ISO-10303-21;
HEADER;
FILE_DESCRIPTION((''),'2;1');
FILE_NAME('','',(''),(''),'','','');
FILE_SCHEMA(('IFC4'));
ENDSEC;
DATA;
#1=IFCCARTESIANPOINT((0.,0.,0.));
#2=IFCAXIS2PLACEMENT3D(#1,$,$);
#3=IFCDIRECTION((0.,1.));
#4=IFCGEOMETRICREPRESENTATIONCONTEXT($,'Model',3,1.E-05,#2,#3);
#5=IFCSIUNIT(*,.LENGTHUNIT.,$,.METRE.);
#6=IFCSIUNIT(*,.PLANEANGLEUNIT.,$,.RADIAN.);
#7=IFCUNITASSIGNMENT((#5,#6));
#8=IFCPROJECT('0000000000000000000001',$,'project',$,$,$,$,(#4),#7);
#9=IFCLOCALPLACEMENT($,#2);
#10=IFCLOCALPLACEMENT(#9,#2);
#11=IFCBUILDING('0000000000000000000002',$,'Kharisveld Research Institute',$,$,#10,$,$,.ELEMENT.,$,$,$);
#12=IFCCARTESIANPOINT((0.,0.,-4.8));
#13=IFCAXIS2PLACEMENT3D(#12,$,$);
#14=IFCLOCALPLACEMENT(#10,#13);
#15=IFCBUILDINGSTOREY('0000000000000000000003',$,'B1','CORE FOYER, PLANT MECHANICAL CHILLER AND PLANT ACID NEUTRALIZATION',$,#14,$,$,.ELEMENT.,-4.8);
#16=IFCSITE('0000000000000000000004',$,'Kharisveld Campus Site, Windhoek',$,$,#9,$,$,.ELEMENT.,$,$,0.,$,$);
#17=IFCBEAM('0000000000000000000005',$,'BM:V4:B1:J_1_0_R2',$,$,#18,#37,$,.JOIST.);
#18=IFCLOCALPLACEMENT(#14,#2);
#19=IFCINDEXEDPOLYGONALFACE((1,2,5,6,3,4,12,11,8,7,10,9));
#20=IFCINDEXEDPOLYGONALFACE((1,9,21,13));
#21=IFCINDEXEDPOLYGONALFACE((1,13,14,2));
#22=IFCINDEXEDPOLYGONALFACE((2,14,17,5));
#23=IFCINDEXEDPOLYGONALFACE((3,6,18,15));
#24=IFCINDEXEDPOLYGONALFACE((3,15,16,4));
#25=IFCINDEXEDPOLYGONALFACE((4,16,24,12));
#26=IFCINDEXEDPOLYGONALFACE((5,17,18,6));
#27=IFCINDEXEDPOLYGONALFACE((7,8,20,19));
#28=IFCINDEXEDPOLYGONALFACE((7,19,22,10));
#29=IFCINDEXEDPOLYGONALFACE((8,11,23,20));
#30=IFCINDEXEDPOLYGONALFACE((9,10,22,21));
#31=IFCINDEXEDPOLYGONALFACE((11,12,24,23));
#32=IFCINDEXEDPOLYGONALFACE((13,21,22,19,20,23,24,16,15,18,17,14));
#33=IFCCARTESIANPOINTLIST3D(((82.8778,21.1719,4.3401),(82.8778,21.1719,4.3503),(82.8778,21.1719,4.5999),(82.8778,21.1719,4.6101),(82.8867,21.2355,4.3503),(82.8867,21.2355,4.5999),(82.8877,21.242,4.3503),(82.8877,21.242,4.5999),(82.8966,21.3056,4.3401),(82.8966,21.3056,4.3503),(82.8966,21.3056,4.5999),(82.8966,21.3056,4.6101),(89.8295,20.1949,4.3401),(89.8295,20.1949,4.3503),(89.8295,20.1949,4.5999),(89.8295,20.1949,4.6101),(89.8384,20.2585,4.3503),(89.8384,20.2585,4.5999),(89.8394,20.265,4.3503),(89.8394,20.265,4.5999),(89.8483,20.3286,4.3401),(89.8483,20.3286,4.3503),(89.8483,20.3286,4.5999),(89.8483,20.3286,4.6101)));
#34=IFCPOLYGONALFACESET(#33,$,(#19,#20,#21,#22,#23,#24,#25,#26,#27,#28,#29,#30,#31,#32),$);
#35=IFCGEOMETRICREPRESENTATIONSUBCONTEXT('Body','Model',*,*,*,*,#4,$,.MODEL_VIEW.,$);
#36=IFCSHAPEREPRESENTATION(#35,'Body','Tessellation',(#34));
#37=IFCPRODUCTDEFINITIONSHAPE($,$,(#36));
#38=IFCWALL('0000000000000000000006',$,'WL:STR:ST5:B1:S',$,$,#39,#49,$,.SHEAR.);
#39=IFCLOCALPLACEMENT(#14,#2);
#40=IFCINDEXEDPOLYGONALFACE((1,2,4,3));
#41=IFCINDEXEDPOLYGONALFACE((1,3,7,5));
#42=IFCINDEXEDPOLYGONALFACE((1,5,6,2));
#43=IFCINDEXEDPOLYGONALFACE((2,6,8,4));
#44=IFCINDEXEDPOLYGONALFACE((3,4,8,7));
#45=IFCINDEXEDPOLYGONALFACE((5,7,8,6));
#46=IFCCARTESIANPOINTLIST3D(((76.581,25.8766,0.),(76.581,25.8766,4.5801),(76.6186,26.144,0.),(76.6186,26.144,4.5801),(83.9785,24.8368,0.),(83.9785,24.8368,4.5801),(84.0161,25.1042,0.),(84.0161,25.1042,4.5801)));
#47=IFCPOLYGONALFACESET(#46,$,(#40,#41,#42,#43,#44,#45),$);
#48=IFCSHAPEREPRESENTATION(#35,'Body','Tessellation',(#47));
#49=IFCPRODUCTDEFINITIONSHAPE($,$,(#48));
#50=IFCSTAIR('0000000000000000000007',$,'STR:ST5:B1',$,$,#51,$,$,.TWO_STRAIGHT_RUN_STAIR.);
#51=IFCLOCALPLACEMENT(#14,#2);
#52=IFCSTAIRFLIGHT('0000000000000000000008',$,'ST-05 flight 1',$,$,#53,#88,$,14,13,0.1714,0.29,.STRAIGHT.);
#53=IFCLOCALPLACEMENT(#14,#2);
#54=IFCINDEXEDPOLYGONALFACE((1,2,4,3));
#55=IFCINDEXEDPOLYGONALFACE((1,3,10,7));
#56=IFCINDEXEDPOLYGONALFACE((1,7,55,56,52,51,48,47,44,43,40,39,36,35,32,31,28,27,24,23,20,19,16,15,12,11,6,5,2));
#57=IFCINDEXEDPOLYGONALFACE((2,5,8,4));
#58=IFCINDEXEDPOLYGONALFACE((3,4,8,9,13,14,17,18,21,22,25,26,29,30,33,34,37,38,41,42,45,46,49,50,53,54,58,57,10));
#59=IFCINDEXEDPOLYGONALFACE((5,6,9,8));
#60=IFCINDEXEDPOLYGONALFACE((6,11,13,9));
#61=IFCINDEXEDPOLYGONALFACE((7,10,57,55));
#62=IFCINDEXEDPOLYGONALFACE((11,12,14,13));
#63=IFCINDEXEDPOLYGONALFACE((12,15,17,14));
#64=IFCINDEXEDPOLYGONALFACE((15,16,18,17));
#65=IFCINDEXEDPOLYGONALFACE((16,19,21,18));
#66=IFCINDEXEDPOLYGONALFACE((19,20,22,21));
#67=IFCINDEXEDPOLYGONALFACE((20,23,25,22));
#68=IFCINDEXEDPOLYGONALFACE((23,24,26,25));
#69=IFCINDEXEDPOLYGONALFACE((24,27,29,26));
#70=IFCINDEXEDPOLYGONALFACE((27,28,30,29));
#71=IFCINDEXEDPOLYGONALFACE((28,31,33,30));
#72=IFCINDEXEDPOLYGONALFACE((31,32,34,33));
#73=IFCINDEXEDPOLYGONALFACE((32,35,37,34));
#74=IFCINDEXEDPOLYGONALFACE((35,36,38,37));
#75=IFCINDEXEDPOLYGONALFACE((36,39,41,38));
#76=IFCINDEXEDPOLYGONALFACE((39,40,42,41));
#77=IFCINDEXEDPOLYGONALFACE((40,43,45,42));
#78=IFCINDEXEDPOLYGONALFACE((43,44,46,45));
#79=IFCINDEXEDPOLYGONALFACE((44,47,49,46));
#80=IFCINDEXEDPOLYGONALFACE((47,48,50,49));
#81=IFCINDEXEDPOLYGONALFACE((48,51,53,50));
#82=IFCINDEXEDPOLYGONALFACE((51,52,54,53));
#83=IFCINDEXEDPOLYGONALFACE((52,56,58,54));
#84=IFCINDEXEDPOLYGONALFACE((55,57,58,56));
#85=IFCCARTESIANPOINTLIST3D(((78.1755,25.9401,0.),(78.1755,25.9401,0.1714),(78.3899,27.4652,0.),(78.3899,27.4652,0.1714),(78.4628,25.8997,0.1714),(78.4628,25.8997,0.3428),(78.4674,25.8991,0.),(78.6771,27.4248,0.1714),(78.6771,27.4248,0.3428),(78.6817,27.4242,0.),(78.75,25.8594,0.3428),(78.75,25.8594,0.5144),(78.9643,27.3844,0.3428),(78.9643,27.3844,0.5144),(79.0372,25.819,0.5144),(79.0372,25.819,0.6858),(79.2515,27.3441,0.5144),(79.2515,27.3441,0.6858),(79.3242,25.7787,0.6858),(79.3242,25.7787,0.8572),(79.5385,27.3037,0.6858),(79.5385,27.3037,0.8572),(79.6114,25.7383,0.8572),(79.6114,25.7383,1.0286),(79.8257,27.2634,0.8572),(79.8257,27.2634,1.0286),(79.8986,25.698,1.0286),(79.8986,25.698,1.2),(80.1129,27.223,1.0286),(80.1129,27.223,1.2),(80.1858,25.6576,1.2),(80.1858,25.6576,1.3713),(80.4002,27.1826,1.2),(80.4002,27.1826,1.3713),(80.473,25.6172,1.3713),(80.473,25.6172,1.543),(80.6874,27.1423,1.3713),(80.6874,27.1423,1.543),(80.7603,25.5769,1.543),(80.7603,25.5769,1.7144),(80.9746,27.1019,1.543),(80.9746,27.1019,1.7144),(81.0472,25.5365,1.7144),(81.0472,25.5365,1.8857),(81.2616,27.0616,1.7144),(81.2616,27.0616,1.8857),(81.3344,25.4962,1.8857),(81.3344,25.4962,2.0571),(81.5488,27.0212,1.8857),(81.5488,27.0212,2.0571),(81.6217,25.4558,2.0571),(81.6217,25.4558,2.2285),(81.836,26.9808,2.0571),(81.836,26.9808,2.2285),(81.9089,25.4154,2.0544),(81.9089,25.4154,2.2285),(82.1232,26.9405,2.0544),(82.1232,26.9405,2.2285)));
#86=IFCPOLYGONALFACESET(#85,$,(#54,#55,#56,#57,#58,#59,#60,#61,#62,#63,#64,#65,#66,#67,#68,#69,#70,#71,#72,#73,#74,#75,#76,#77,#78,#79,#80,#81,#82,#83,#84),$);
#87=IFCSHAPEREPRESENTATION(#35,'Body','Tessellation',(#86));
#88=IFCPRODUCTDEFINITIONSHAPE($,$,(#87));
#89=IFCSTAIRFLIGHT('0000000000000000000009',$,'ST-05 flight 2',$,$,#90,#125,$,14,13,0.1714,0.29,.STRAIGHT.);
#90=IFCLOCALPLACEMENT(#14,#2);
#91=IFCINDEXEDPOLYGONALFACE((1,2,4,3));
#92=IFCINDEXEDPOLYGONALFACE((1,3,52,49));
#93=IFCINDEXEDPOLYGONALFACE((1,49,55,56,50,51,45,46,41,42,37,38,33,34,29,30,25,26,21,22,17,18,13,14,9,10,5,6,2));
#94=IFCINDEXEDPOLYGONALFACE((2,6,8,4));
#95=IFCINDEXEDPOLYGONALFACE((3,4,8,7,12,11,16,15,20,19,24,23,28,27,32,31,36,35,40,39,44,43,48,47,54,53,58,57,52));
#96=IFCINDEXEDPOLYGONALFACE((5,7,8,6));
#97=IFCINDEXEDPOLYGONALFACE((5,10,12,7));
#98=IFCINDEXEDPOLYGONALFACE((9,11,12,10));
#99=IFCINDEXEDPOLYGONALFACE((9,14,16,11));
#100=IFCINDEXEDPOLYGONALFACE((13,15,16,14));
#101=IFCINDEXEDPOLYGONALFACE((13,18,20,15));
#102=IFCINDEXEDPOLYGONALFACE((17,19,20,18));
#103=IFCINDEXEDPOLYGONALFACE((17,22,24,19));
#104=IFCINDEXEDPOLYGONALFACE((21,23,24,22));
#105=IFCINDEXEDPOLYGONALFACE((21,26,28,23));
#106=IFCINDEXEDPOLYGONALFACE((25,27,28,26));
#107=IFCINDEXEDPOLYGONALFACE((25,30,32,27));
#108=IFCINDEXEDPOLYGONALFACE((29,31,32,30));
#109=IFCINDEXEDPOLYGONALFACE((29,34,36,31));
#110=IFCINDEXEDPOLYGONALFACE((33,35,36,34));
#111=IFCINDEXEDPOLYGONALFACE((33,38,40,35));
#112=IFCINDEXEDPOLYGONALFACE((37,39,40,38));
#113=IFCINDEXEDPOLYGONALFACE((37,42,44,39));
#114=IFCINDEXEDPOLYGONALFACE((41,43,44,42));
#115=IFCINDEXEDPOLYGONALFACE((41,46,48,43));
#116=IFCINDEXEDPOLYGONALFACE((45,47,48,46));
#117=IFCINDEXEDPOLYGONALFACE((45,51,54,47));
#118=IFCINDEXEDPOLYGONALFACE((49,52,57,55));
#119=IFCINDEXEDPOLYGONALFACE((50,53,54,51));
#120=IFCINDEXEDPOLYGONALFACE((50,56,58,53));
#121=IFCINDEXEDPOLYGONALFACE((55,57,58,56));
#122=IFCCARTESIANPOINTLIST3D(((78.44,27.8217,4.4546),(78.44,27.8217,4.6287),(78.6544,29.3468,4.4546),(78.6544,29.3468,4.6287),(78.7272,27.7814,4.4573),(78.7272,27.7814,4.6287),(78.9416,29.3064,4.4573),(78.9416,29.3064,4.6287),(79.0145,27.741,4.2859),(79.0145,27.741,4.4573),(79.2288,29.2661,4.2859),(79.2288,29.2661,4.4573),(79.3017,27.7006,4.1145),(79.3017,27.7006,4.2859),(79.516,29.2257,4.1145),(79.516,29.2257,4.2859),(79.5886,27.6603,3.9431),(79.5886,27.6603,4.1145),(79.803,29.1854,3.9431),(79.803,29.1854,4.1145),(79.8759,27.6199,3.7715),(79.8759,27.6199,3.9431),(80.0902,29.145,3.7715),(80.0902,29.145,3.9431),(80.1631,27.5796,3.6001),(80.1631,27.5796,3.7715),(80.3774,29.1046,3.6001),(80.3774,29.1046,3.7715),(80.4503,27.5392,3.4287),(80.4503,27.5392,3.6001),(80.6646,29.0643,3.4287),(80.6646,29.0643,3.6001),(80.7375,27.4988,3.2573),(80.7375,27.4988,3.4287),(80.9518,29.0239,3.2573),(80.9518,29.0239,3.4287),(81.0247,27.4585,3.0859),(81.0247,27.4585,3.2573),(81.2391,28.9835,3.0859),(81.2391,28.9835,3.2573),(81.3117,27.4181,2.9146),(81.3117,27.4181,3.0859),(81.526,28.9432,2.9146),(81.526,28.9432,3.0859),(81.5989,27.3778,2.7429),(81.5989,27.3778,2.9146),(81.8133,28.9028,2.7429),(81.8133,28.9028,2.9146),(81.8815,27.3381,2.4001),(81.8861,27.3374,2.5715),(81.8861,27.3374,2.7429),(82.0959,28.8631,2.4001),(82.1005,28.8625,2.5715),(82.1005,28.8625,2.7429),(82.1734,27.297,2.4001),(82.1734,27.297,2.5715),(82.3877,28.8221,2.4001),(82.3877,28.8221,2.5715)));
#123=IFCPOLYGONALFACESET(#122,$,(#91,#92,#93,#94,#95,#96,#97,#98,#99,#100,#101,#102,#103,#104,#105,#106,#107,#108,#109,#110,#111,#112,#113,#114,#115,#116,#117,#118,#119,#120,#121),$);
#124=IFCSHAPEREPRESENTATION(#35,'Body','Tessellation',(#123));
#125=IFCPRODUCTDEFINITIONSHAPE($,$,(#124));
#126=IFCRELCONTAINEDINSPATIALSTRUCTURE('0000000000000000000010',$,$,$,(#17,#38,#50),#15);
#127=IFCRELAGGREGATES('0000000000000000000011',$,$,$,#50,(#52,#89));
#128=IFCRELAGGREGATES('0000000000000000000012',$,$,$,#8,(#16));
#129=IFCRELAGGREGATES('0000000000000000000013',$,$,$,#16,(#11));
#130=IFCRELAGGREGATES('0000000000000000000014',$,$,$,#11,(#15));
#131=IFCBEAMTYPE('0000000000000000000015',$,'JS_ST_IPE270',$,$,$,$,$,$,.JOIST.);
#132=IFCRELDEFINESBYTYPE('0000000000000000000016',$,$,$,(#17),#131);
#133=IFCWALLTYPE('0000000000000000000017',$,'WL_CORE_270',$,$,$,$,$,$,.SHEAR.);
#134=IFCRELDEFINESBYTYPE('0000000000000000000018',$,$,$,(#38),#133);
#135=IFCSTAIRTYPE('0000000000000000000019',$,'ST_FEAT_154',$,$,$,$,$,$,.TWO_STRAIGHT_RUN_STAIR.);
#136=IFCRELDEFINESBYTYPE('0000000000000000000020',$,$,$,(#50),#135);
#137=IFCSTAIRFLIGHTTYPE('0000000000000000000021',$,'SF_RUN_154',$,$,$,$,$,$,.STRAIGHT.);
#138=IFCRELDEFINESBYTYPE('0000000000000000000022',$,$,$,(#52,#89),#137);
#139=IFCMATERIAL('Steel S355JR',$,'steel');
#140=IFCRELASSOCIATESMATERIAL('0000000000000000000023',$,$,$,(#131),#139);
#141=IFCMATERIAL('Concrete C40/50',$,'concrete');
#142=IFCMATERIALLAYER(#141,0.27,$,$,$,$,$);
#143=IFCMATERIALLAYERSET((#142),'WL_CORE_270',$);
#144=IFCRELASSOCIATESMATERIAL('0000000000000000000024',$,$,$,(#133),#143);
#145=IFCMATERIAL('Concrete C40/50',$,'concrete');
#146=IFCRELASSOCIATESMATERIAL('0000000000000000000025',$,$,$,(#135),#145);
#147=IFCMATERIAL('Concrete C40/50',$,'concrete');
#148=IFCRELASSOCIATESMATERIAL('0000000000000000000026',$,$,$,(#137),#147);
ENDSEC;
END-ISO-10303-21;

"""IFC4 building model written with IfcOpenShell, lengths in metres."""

from ifc_helpers import new_model, si_unit, direction, frame, frame_2d, origin, origin_2d, place, context, subcontext, project, spatial, polyline, rectangle, i_section, outline, extrude, material, layer, layer_set, material_profile, profile_set, type_object, element, aggregate, save


model = new_model("IFC4")

# Units and contexts
model_context = context("Model", 3, precision=1e-05, world=origin(), true_north=direction((0.0, 1.0)))
body_context = subcontext(model_context, "Body", "Model", "MODEL_VIEW")
ifc_project = project(units=[si_unit("LENGTHUNIT", "METRE"), si_unit("PLANEANGLEUNIT", "RADIAN")], contexts=[model_context])

# Site, building, storey
site_placement = place(None, origin())
site = spatial("IfcSite", under=ifc_project, at=site_placement, Name="Kharisveld Campus Site, Windhoek", CompositionType="ELEMENT", RefElevation=0.0)
building_placement = place(site_placement, origin())
building = spatial("IfcBuilding", under=site, at=building_placement, Name="Kharisveld Research Institute", CompositionType="ELEMENT")
storey_placement = place(building_placement, frame((0.0, 0.0, -4.8)))
storey = spatial("IfcBuildingStorey", under=building, at=storey_placement, Name="B1", Description="CORE FOYER, PLANT MECHANICAL CHILLER AND PLANT ACID NEUTRALIZATION", CompositionType="ELEMENT", Elevation=-4.8)

# Beam
ifc_material_1 = material(Name="Steel S355JR", Category="steel")
ifc_material_profile_1 = material_profile(ifc_material_1, i_section(OverallWidth=0.135, OverallDepth=0.27, WebThickness=0.0066, FlangeThickness=0.0103, at=origin_2d()))
ifc_profile_set_1 = profile_set([ifc_material_profile_1], Name="Steel S355JR")
beam_type_1 = type_object("IfcBeamType", Name="JS_ST_IPE270", PredefinedType="JOIST", material=ifc_profile_set_1)
for number, where, z_axis, x_axis, name in (
    (1, (82.8872, 21.2388, 4.4751), (0.990267, -0.139181, 0.0), (0.139181, 0.990267, 0.0), "BM:V4:B1:J_1_0_R2"),
):
    element("IfcBeam", number, at=place(storey_placement, frame(where, z_axis=z_axis, x_axis=x_axis)), inside=storey, type_object=beam_type_1, Name=name, PredefinedType="JOIST", context=body_context, shape_type="SweptSolid", body=[
        extrude(i_section(OverallWidth=0.135, OverallDepth=0.27, WebThickness=0.0066, FlangeThickness=0.0103, at=origin_2d()), origin(), (0.0, 0.0, 1.0), 7.02),
    ])

# Wall
ifc_material_2 = material(Name="Concrete C40/50", Category="concrete")
ifc_layer = layer(ifc_material_2, 0.27)
ifc_layer_set = layer_set([ifc_layer], Name="WL_CORE_270")
wall_type = type_object("IfcWallType", Name="WL_CORE_270", PredefinedType="SHEAR", material=ifc_layer_set)
wall_placement = place(storey_placement, frame((83.9973, 24.9705, 0.0), z_axis=(0.0, 0.0, 1.0), x_axis=(-0.990265, 0.139193, 0.0)))
element("IfcWall", 2, at=wall_placement, inside=storey, type_object=wall_type, Name="WL:STR:ST5:B1:S", PredefinedType="SHEAR", context=body_context, shape_type="SweptSolid", body=[
    extrude(rectangle(XDim=7.4702, YDim=0.27, at=frame_2d((3.7351, 0.0))), origin(), (0.0, 0.0, 1.0), 4.5801),
])

# Stair, stair flights
ifc_material_3 = material(Name="Concrete C40/50", Category="concrete")
stair_type = type_object("IfcStairType", Name="ST_FEAT_154", PredefinedType="TWO_STRAIGHT_RUN_STAIR", material=ifc_material_3)
stair_placement = place(storey_placement, origin())
stair = element("IfcStair", 3, at=stair_placement, inside=storey, type_object=stair_type, Name="STR:ST5:B1", PredefinedType="TWO_STRAIGHT_RUN_STAIR")
ifc_material_4 = material(Name="Concrete C40/50", Category="concrete")
stair_flight_type = type_object("IfcStairFlightType", Name="SF_RUN_154", PredefinedType="STRAIGHT", material=ifc_material_4)
stair_flight_1_placement = place(storey_placement, frame((78.2827, 26.7026, 0.0), z_axis=(0.0, 0.0, 1.0), x_axis=(0.990268, -0.139173, 0.0)))
stair_flight_1 = element("IfcStairFlight", 4, at=stair_flight_1_placement, type_object=stair_flight_type, Name="ST-05 flight 1", NumberOfRisers=14, NumberOfTreads=13, PredefinedType="STRAIGHT", RiserHeight=0.1714, TreadLength=0.29, context=body_context, shape_type="SweptSolid", body=[
    extrude(outline(polyline([(0.0, 0.0), (0.0, 0.1714), (0.29, 0.1714), (0.29, 0.3428), (0.5801, 0.3428), (0.5801, 0.5144), (0.8701, 0.5144), (0.8701, 0.6858), (1.1599, 0.6858), (1.1599, 0.8572), (1.45, 0.8572), (1.45, 1.0286), (1.74, 1.0286), (1.74, 1.2), (2.03, 1.2), (2.03, 1.3713), (2.3201, 1.3713), (2.3201, 1.543), (2.6101, 1.543), (2.6101, 1.7144), (2.8999, 1.7144), (2.8999, 1.8857), (3.1899, 1.8857), (3.1899, 2.0571), (3.48, 2.0571), (3.48, 2.2285), (3.77, 2.2285), (3.77, 2.3999), (3.77, 2.0544), (0.2947, 0.0), (0.0, 0.0)])), frame((0.0, 0.77, 0.0), z_axis=(0.0, -1.0, 0.0), x_axis=(1.0, 0.0, 0.0)), (0.0, 0.0, 1.0), 1.54),
])
stair_flight_2_placement = place(storey_placement, frame((82.2805, 28.0596, 2.4001), z_axis=(0.0, 0.0, 1.0), x_axis=(-0.990268, 0.139173, 0.0)))
stair_flight_2 = element("IfcStairFlight", 5, at=stair_flight_2_placement, type_object=stair_flight_type, Name="ST-05 flight 2", NumberOfRisers=14, NumberOfTreads=13, PredefinedType="STRAIGHT", RiserHeight=0.1714, TreadLength=0.29, context=body_context, shape_type="SweptSolid", body=[
    extrude(outline(polyline([(0.0, 0.0), (0.0, 0.1714), (0.29, 0.1714), (0.29, 0.3428), (0.5801, 0.3428), (0.5801, 0.5144), (0.8701, 0.5144), (0.8701, 0.6858), (1.1599, 0.6858), (1.1599, 0.8572), (1.45, 0.8572), (1.45, 1.0286), (1.74, 1.0286), (1.74, 1.2), (2.03, 1.2), (2.03, 1.3713), (2.3201, 1.3713), (2.3201, 1.543), (2.6101, 1.543), (2.6101, 1.7144), (2.8999, 1.7144), (2.8999, 1.8857), (3.1899, 1.8857), (3.1899, 2.0571), (3.48, 2.0571), (3.48, 2.2285), (3.77, 2.2285), (3.77, 2.3999), (3.77, 2.0544), (0.2947, 0.0), (0.0, 0.0)])), frame((0.0, 0.77, 0.0), z_axis=(0.0, -1.0, 0.0), x_axis=(1.0, 0.0, 0.0)), (0.0, 0.0, 1.0), 1.54),
])
aggregate(stair, [stair_flight_1, stair_flight_2])

save(model, "model.ifc")
